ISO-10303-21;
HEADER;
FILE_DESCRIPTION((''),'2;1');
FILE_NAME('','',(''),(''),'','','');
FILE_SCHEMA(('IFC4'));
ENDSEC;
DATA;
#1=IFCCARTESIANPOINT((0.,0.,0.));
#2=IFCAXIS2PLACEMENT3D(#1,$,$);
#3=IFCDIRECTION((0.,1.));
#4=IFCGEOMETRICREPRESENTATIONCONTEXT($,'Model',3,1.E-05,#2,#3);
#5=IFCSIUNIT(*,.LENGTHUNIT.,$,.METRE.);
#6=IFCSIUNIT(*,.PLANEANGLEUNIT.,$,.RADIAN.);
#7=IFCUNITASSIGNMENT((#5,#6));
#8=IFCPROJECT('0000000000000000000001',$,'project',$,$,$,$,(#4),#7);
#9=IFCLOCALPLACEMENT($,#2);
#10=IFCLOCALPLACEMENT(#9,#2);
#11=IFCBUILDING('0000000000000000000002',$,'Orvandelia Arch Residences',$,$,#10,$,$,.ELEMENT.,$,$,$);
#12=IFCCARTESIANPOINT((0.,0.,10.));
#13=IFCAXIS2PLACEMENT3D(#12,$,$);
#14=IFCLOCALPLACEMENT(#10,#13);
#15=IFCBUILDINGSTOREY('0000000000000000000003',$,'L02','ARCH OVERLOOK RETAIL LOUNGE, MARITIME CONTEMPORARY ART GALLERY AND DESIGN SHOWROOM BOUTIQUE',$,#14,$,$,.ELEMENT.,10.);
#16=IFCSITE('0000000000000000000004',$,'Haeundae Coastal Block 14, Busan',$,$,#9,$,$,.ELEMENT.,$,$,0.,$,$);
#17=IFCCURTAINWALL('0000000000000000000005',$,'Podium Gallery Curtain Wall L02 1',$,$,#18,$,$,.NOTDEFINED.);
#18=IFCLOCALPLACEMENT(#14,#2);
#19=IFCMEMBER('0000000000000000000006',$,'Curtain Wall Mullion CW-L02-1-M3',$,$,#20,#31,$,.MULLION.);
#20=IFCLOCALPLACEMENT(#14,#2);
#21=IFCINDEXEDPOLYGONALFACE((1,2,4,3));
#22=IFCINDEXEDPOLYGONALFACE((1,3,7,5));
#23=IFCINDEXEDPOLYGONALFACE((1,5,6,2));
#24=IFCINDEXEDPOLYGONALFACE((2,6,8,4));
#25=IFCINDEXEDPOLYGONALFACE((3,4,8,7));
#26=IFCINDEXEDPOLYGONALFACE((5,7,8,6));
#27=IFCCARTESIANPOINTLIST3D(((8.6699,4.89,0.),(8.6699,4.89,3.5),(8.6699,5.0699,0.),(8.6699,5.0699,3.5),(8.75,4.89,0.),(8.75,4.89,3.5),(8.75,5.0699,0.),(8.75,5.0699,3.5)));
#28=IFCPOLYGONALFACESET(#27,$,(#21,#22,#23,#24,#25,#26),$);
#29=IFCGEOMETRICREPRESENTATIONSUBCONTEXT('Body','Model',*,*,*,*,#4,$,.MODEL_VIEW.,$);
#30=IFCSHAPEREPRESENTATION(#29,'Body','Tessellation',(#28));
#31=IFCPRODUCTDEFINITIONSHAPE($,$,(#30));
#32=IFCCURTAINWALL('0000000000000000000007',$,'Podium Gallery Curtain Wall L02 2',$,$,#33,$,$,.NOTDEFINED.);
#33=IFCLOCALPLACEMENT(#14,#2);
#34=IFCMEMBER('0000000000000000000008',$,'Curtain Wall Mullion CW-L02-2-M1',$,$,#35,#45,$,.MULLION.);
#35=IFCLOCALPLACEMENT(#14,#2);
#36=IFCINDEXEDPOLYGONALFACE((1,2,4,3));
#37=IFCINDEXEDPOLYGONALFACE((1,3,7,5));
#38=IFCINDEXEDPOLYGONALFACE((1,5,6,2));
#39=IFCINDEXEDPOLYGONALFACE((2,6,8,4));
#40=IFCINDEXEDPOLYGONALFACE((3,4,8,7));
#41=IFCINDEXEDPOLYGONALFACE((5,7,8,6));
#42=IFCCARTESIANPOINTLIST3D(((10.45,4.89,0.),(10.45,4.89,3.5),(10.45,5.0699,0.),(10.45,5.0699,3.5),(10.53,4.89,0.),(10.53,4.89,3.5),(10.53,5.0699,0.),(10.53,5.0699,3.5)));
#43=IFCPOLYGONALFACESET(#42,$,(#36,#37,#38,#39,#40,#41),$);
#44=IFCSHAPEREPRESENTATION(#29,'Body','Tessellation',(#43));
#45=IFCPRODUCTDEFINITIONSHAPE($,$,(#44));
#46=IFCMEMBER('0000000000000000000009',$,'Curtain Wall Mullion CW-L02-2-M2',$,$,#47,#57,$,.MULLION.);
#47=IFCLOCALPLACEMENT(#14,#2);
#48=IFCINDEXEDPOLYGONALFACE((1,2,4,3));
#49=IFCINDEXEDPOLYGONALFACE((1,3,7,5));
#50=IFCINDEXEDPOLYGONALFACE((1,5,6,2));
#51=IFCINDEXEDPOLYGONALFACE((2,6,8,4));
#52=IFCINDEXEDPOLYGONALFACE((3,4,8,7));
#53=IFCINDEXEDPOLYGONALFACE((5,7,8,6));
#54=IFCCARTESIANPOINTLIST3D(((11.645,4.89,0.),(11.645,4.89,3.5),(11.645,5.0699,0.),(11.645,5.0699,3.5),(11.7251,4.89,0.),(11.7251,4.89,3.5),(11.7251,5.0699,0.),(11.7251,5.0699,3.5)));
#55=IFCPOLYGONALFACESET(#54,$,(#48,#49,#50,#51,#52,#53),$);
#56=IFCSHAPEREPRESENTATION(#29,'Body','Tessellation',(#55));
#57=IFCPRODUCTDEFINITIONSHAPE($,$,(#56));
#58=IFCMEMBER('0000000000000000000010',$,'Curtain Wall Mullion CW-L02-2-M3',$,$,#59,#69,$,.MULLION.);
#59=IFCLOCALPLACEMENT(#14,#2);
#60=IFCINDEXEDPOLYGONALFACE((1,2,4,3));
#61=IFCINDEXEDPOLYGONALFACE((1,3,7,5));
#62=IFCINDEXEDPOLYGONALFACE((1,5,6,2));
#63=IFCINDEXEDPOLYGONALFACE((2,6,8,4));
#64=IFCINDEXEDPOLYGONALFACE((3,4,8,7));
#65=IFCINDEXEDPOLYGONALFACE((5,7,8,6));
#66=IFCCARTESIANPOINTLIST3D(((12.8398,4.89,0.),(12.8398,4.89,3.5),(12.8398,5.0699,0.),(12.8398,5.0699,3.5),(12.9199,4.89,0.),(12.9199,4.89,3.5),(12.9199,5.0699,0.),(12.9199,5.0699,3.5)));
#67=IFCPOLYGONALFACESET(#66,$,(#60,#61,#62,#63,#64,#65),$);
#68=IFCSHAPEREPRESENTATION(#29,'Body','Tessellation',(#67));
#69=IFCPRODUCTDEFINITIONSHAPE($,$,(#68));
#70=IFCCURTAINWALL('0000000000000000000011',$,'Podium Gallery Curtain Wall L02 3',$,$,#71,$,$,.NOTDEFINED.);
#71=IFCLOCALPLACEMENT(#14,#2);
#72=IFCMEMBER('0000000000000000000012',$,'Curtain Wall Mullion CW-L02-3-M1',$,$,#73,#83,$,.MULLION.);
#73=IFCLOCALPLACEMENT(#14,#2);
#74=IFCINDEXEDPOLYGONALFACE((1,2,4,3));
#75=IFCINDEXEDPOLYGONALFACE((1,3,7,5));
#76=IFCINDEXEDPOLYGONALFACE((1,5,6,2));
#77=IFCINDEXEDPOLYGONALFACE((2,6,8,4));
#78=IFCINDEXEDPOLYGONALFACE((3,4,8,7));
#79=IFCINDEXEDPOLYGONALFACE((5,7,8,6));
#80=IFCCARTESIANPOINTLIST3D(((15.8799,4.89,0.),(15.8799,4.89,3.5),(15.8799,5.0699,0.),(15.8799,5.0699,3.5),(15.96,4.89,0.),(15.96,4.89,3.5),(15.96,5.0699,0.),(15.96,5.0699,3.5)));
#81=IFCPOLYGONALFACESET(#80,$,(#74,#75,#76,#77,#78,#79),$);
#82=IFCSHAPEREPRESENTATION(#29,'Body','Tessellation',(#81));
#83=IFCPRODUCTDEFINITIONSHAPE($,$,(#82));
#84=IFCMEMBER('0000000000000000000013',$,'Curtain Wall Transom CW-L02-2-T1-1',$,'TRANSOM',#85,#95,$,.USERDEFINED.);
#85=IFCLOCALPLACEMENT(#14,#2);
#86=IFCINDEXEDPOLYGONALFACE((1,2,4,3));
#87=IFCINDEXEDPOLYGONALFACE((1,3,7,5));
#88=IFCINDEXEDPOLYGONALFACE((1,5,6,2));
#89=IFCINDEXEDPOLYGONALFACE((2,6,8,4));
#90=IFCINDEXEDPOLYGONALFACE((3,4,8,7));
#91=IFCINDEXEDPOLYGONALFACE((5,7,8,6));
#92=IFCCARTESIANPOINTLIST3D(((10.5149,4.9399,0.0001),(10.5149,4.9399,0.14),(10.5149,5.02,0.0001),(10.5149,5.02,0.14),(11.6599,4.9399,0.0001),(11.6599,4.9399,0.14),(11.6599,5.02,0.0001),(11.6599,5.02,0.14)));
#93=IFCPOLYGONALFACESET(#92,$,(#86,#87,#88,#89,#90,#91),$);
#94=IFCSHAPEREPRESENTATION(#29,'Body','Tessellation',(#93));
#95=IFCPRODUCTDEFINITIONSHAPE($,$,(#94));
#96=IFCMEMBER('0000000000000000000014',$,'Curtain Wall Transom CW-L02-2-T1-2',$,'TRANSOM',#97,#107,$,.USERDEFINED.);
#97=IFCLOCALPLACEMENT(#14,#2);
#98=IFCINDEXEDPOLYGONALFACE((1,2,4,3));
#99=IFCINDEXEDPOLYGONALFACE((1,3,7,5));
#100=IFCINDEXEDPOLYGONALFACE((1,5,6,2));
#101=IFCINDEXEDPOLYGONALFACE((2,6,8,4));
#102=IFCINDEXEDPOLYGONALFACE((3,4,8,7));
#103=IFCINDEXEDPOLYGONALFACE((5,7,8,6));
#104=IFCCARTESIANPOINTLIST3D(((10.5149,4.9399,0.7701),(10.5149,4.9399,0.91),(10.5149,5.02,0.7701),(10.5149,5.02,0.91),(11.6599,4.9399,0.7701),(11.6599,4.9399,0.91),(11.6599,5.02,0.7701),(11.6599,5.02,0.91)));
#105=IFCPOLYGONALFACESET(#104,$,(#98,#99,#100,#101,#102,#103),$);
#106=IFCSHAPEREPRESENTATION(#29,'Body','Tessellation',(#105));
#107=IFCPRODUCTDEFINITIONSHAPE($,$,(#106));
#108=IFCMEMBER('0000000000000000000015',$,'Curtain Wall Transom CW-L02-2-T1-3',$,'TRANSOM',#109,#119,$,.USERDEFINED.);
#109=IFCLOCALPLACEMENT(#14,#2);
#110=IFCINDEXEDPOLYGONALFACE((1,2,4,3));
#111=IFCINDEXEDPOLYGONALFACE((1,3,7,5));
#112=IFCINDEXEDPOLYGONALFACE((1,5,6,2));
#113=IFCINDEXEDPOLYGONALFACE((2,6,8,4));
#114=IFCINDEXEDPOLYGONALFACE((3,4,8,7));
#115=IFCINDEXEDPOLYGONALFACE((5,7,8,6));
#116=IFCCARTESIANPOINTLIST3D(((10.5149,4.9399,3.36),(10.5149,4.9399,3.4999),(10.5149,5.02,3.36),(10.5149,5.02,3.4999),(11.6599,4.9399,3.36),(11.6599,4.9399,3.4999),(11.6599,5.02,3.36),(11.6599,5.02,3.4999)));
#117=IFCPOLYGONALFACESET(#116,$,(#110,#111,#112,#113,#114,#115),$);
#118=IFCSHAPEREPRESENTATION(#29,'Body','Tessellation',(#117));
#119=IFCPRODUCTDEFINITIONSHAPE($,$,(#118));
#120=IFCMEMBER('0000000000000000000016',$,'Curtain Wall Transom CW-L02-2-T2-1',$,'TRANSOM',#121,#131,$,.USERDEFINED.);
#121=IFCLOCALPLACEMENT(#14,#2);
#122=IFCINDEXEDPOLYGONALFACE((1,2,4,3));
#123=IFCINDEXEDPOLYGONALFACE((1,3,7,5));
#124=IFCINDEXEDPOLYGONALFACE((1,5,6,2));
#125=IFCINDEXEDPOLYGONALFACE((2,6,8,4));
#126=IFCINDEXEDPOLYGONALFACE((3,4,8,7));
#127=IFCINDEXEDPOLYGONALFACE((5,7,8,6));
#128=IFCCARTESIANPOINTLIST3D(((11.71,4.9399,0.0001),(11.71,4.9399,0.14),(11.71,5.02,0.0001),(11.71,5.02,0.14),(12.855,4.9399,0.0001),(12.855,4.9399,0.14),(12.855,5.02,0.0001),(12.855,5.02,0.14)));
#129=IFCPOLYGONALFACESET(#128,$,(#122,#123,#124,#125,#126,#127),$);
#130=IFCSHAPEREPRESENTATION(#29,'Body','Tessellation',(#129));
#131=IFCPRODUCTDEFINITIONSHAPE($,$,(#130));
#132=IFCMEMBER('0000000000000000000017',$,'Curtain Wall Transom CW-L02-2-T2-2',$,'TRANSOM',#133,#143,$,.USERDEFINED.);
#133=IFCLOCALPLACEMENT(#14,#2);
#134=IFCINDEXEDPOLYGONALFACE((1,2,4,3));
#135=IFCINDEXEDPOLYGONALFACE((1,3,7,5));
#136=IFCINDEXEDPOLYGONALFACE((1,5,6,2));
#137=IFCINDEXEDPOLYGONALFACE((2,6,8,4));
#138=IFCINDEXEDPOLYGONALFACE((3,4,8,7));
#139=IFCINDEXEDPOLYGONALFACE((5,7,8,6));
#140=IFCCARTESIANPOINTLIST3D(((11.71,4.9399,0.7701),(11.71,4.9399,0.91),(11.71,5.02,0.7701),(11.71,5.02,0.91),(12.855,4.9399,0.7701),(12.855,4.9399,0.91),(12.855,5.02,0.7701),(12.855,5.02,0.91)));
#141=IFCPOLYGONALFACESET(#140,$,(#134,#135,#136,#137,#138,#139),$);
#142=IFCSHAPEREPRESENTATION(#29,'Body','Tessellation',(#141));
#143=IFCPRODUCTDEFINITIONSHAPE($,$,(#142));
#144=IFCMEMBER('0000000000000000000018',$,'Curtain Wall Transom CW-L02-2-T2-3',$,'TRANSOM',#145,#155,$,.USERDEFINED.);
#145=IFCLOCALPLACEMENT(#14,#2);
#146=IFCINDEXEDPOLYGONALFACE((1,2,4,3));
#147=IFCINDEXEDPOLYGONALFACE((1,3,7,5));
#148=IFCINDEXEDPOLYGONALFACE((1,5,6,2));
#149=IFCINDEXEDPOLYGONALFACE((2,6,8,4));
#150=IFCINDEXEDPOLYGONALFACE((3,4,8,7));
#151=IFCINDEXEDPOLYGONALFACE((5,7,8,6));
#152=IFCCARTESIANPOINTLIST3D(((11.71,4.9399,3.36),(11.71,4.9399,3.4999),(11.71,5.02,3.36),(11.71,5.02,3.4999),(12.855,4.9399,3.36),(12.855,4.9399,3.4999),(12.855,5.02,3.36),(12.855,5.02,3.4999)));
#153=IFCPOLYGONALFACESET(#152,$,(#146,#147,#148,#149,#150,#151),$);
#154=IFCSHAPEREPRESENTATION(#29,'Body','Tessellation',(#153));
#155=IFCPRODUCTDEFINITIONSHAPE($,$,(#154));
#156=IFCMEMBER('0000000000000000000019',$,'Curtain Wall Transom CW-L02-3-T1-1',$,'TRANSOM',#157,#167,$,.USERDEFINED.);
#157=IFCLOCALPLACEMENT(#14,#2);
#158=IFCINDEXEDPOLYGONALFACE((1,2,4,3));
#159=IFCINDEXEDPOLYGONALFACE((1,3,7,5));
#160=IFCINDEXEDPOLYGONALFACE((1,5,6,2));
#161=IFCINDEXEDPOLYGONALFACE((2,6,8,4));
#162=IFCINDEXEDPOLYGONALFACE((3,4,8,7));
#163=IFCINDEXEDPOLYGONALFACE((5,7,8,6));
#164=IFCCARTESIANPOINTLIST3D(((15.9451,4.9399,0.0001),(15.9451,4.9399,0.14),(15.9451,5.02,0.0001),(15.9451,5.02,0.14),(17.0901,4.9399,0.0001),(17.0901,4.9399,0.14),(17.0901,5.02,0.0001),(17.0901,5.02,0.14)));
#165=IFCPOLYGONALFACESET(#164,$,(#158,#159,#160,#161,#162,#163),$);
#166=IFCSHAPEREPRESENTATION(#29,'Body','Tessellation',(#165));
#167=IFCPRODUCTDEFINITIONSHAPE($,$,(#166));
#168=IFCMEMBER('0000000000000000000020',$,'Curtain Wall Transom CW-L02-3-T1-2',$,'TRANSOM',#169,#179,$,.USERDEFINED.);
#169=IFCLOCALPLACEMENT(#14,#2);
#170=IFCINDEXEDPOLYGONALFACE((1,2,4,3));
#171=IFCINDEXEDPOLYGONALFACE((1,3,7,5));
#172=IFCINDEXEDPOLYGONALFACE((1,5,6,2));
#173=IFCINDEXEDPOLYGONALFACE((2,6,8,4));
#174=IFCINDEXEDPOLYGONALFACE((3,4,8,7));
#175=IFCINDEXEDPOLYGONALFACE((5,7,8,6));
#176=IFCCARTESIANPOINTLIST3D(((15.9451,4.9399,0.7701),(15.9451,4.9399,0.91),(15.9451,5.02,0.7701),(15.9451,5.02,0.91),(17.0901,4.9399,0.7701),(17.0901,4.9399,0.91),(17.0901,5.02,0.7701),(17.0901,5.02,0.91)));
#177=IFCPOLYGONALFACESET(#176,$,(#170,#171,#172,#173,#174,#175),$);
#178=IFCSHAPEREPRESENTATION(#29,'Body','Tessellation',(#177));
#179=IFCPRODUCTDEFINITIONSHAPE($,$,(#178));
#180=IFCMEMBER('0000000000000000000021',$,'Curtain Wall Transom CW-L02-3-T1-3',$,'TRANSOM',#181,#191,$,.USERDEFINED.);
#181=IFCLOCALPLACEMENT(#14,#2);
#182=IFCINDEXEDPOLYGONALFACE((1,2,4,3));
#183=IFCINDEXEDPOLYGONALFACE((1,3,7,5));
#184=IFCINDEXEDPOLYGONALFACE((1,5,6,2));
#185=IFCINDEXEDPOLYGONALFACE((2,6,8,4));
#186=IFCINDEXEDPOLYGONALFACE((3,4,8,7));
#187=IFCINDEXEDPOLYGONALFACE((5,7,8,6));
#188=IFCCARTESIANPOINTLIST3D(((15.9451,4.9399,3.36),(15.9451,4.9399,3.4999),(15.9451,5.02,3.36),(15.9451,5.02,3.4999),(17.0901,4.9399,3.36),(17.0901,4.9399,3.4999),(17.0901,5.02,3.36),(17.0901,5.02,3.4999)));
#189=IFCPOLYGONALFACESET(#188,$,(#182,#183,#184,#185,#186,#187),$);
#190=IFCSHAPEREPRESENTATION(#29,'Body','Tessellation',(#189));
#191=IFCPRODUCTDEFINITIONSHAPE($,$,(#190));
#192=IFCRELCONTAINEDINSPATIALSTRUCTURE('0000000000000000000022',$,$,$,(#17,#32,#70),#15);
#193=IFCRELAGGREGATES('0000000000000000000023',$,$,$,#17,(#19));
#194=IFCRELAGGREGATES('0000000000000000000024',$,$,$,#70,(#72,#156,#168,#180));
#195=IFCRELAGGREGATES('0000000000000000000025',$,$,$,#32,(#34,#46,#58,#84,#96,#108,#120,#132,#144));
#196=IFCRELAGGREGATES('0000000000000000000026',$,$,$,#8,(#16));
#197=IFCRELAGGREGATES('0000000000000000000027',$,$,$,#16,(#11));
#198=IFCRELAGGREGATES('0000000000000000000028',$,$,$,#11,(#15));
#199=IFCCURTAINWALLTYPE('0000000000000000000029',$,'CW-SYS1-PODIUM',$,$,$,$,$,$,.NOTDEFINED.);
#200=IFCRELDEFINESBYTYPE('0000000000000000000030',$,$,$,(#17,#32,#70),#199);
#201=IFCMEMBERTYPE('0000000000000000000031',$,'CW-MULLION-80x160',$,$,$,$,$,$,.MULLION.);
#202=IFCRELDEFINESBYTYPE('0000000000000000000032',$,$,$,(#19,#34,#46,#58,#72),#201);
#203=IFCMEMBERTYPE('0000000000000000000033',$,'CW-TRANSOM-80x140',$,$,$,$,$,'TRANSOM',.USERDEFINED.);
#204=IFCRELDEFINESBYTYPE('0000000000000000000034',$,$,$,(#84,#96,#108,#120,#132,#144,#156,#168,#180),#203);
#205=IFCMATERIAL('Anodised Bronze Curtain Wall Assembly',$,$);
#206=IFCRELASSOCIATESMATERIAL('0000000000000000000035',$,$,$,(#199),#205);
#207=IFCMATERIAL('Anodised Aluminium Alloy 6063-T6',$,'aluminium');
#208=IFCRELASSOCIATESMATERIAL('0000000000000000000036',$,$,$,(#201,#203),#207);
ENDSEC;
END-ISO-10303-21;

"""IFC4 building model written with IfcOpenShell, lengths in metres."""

from ifc_helpers import new_model, si_unit, direction, frame, origin, origin_2d, place, context, subcontext, project, spatial, rectangle, extrude, material, material_profile, profile_set, type_object, element, aggregate, save


model = new_model("IFC4")

# Units and contexts
model_context = context("Model", 3, precision=1e-05, world=origin(), true_north=direction((0.0, 1.0)))
body_context = subcontext(model_context, "Body", "Model", "MODEL_VIEW")
ifc_project = project(units=[si_unit("LENGTHUNIT", "METRE"), si_unit("PLANEANGLEUNIT", "RADIAN")], contexts=[model_context])

# Site, building, storey
site_placement = place(None, origin())
site = spatial("IfcSite", under=ifc_project, at=site_placement, Name="Haeundae Coastal Block 14, Busan", CompositionType="ELEMENT", RefElevation=0.0)
building_placement = place(site_placement, origin())
building = spatial("IfcBuilding", under=site, at=building_placement, Name="Orvandelia Arch Residences", CompositionType="ELEMENT")
storey_placement = place(building_placement, frame((0.0, 0.0, 10.0)))
storey = spatial("IfcBuildingStorey", under=building, at=storey_placement, Name="L02", Description="ARCH OVERLOOK RETAIL LOUNGE, MARITIME CONTEMPORARY ART GALLERY AND DESIGN SHOWROOM BOUTIQUE", CompositionType="ELEMENT", Elevation=10.0)

# Curtain wall, member
ifc_material_1 = material(Name="Anodised Bronze Curtain Wall Assembly")
curtain_wall_type = type_object("IfcCurtainWallType", Name="CW-SYS1-PODIUM", PredefinedType="NOTDEFINED", material=ifc_material_1)
curtain_wall_1_placement = place(storey_placement, origin())
curtain_wall_1 = element("IfcCurtainWall", 1, at=curtain_wall_1_placement, inside=storey, type_object=curtain_wall_type, Name="Podium Gallery Curtain Wall L02 1", PredefinedType="NOTDEFINED")
ifc_material_2 = material(Name="Anodised Aluminium Alloy 6063-T6", Category="aluminium")
ifc_material_profile_1 = material_profile(ifc_material_2, rectangle(XDim=0.0801, YDim=0.1799, at=origin_2d()), Name="Anodised Aluminium Alloy 6063-T6", Category="aluminium")
ifc_profile_set_1 = profile_set([ifc_material_profile_1], Name="Anodised Aluminium Alloy 6063-T6")
member_type_1 = type_object("IfcMemberType", Name="CW-MULLION-80x160", PredefinedType="MULLION", material=ifc_profile_set_1)
member_1_placement = place(storey_placement, frame((8.71, 4.98, 0.0), z_axis=(0.0, 0.0, 1.0), x_axis=(1.0, 0.0, 0.0)))
member_1 = element("IfcMember", 2, at=member_1_placement, type_object=member_type_1, Name="Curtain Wall Mullion CW-L02-1-M3", PredefinedType="MULLION", context=body_context, shape_type="SweptSolid", body=[
    extrude(rectangle(XDim=0.0801, YDim=0.1799, at=origin_2d()), origin(), (0.0, 0.0, 1.0), 3.5),
])
aggregate(curtain_wall_1, [member_1])

# Curtain wall, members
curtain_wall_2_placement = place(storey_placement, origin())
curtain_wall_2 = element("IfcCurtainWall", 3, at=curtain_wall_2_placement, inside=storey, type_object=curtain_wall_type, Name="Podium Gallery Curtain Wall L02 2", PredefinedType="NOTDEFINED")
member_2_placement = place(storey_placement, frame((10.49, 4.98, 0.0), z_axis=(0.0, 0.0, 1.0), x_axis=(1.0, 0.0, 0.0)))
member_2 = element("IfcMember", 4, at=member_2_placement, type_object=member_type_1, Name="Curtain Wall Mullion CW-L02-2-M1", PredefinedType="MULLION", context=body_context, shape_type="SweptSolid", body=[
    extrude(rectangle(XDim=0.0801, YDim=0.1799, at=origin_2d()), origin(), (0.0, 0.0, 1.0), 3.5),
])
member_3_placement = place(storey_placement, frame((11.6851, 4.98, 0.0), z_axis=(0.0, 0.0, 1.0), x_axis=(1.0, 0.0, 0.0)))
member_3 = element("IfcMember", 5, at=member_3_placement, type_object=member_type_1, Name="Curtain Wall Mullion CW-L02-2-M2", PredefinedType="MULLION", context=body_context, shape_type="SweptSolid", body=[
    extrude(rectangle(XDim=0.0801, YDim=0.1799, at=origin_2d()), origin(), (0.0, 0.0, 1.0), 3.5),
])
member_4_placement = place(storey_placement, frame((12.8799, 4.98, 0.0), z_axis=(0.0, 0.0, 1.0), x_axis=(1.0, 0.0, 0.0)))
member_4 = element("IfcMember", 6, at=member_4_placement, type_object=member_type_1, Name="Curtain Wall Mullion CW-L02-2-M3", PredefinedType="MULLION", context=body_context, shape_type="SweptSolid", body=[
    extrude(rectangle(XDim=0.0801, YDim=0.1799, at=origin_2d()), origin(), (0.0, 0.0, 1.0), 3.5),
])

# Curtain wall, member
curtain_wall_3_placement = place(storey_placement, origin())
curtain_wall_3 = element("IfcCurtainWall", 7, at=curtain_wall_3_placement, inside=storey, type_object=curtain_wall_type, Name="Podium Gallery Curtain Wall L02 3", PredefinedType="NOTDEFINED")
member_5_placement = place(storey_placement, frame((15.9199, 4.98, 0.0), z_axis=(0.0, 0.0, 1.0), x_axis=(1.0, 0.0, 0.0)))
member_5 = element("IfcMember", 8, at=member_5_placement, type_object=member_type_1, Name="Curtain Wall Mullion CW-L02-3-M1", PredefinedType="MULLION", context=body_context, shape_type="SweptSolid", body=[
    extrude(rectangle(XDim=0.0801, YDim=0.1799, at=origin_2d()), origin(), (0.0, 0.0, 1.0), 3.5),
])

# Members
ifc_material_profile_2 = material_profile(ifc_material_2, rectangle(XDim=0.0801, YDim=0.1399, at=origin_2d()), Name="Anodised Aluminium Alloy 6063-T6", Category="aluminium")
ifc_profile_set_2 = profile_set([ifc_material_profile_2], Name="Anodised Aluminium Alloy 6063-T6")
member_type_2 = type_object("IfcMemberType", Name="CW-TRANSOM-80x140", ElementType="TRANSOM", PredefinedType="USERDEFINED", material=ifc_profile_set_2)
member_6_placement = place(storey_placement, frame((10.5149, 4.98, 0.0701), z_axis=(1.0, 0.0, 0.0), x_axis=(0.0, 1.0, 0.0)))
member_6 = element("IfcMember", 9, at=member_6_placement, type_object=member_type_2, Name="Curtain Wall Transom CW-L02-2-T1-1", ObjectType="TRANSOM", PredefinedType="USERDEFINED", context=body_context, shape_type="SweptSolid", body=[
    extrude(rectangle(XDim=0.0801, YDim=0.1399, at=origin_2d()), origin(), (0.0, 0.0, 1.0), 1.145),
])
member_7_placement = place(storey_placement, frame((10.5149, 4.98, 0.8401), z_axis=(1.0, 0.0, 0.0), x_axis=(0.0, 1.0, 0.0)))
member_7 = element("IfcMember", 10, at=member_7_placement, type_object=member_type_2, Name="Curtain Wall Transom CW-L02-2-T1-2", ObjectType="TRANSOM", PredefinedType="USERDEFINED", context=body_context, shape_type="SweptSolid", body=[
    extrude(rectangle(XDim=0.0801, YDim=0.1399, at=origin_2d()), origin(), (0.0, 0.0, 1.0), 1.145),
])
member_8_placement = place(storey_placement, frame((10.5149, 4.98, 3.4299), z_axis=(1.0, 0.0, 0.0), x_axis=(0.0, 1.0, 0.0)))
member_8 = element("IfcMember", 11, at=member_8_placement, type_object=member_type_2, Name="Curtain Wall Transom CW-L02-2-T1-3", ObjectType="TRANSOM", PredefinedType="USERDEFINED", context=body_context, shape_type="SweptSolid", body=[
    extrude(rectangle(XDim=0.0801, YDim=0.1399, at=origin_2d()), origin(), (0.0, 0.0, 1.0), 1.145),
])
member_9_placement = place(storey_placement, frame((11.71, 4.98, 0.0701), z_axis=(1.0, 0.0, 0.0), x_axis=(0.0, 1.0, 0.0)))
member_9 = element("IfcMember", 12, at=member_9_placement, type_object=member_type_2, Name="Curtain Wall Transom CW-L02-2-T2-1", ObjectType="TRANSOM", PredefinedType="USERDEFINED", context=body_context, shape_type="SweptSolid", body=[
    extrude(rectangle(XDim=0.0801, YDim=0.1399, at=origin_2d()), origin(), (0.0, 0.0, 1.0), 1.145),
])
member_10_placement = place(storey_placement, frame((11.71, 4.98, 0.8401), z_axis=(1.0, 0.0, 0.0), x_axis=(0.0, 1.0, 0.0)))
member_10 = element("IfcMember", 13, at=member_10_placement, type_object=member_type_2, Name="Curtain Wall Transom CW-L02-2-T2-2", ObjectType="TRANSOM", PredefinedType="USERDEFINED", context=body_context, shape_type="SweptSolid", body=[
    extrude(rectangle(XDim=0.0801, YDim=0.1399, at=origin_2d()), origin(), (0.0, 0.0, 1.0), 1.145),
])
member_11_placement = place(storey_placement, frame((11.71, 4.98, 3.4299), z_axis=(1.0, 0.0, 0.0), x_axis=(0.0, 1.0, 0.0)))
member_11 = element("IfcMember", 14, at=member_11_placement, type_object=member_type_2, Name="Curtain Wall Transom CW-L02-2-T2-3", ObjectType="TRANSOM", PredefinedType="USERDEFINED", context=body_context, shape_type="SweptSolid", body=[
    extrude(rectangle(XDim=0.0801, YDim=0.1399, at=origin_2d()), origin(), (0.0, 0.0, 1.0), 1.145),
])
member_12_placement = place(storey_placement, frame((15.9451, 4.98, 0.0701), z_axis=(1.0, 0.0, 0.0), x_axis=(0.0, 1.0, 0.0)))
member_12 = element("IfcMember", 15, at=member_12_placement, type_object=member_type_2, Name="Curtain Wall Transom CW-L02-3-T1-1", ObjectType="TRANSOM", PredefinedType="USERDEFINED", context=body_context, shape_type="SweptSolid", body=[
    extrude(rectangle(XDim=0.0801, YDim=0.1399, at=origin_2d()), origin(), (0.0, 0.0, 1.0), 1.145),
])
member_13_placement = place(storey_placement, frame((15.9451, 4.98, 0.8401), z_axis=(1.0, 0.0, 0.0), x_axis=(0.0, 1.0, 0.0)))
member_13 = element("IfcMember", 16, at=member_13_placement, type_object=member_type_2, Name="Curtain Wall Transom CW-L02-3-T1-2", ObjectType="TRANSOM", PredefinedType="USERDEFINED", context=body_context, shape_type="SweptSolid", body=[
    extrude(rectangle(XDim=0.0801, YDim=0.1399, at=origin_2d()), origin(), (0.0, 0.0, 1.0), 1.145),
])
member_14_placement = place(storey_placement, frame((15.9451, 4.98, 3.4299), z_axis=(1.0, 0.0, 0.0), x_axis=(0.0, 1.0, 0.0)))
member_14 = element("IfcMember", 17, at=member_14_placement, type_object=member_type_2, Name="Curtain Wall Transom CW-L02-3-T1-3", ObjectType="TRANSOM", PredefinedType="USERDEFINED", context=body_context, shape_type="SweptSolid", body=[
    extrude(rectangle(XDim=0.0801, YDim=0.1399, at=origin_2d()), origin(), (0.0, 0.0, 1.0), 1.145),
])
aggregate(curtain_wall_3, [member_5, member_12, member_13, member_14])

aggregate(curtain_wall_2, [member_2, member_3, member_4, member_6, member_7, member_8, member_9, member_10, member_11])

save(model, "model.ifc")
